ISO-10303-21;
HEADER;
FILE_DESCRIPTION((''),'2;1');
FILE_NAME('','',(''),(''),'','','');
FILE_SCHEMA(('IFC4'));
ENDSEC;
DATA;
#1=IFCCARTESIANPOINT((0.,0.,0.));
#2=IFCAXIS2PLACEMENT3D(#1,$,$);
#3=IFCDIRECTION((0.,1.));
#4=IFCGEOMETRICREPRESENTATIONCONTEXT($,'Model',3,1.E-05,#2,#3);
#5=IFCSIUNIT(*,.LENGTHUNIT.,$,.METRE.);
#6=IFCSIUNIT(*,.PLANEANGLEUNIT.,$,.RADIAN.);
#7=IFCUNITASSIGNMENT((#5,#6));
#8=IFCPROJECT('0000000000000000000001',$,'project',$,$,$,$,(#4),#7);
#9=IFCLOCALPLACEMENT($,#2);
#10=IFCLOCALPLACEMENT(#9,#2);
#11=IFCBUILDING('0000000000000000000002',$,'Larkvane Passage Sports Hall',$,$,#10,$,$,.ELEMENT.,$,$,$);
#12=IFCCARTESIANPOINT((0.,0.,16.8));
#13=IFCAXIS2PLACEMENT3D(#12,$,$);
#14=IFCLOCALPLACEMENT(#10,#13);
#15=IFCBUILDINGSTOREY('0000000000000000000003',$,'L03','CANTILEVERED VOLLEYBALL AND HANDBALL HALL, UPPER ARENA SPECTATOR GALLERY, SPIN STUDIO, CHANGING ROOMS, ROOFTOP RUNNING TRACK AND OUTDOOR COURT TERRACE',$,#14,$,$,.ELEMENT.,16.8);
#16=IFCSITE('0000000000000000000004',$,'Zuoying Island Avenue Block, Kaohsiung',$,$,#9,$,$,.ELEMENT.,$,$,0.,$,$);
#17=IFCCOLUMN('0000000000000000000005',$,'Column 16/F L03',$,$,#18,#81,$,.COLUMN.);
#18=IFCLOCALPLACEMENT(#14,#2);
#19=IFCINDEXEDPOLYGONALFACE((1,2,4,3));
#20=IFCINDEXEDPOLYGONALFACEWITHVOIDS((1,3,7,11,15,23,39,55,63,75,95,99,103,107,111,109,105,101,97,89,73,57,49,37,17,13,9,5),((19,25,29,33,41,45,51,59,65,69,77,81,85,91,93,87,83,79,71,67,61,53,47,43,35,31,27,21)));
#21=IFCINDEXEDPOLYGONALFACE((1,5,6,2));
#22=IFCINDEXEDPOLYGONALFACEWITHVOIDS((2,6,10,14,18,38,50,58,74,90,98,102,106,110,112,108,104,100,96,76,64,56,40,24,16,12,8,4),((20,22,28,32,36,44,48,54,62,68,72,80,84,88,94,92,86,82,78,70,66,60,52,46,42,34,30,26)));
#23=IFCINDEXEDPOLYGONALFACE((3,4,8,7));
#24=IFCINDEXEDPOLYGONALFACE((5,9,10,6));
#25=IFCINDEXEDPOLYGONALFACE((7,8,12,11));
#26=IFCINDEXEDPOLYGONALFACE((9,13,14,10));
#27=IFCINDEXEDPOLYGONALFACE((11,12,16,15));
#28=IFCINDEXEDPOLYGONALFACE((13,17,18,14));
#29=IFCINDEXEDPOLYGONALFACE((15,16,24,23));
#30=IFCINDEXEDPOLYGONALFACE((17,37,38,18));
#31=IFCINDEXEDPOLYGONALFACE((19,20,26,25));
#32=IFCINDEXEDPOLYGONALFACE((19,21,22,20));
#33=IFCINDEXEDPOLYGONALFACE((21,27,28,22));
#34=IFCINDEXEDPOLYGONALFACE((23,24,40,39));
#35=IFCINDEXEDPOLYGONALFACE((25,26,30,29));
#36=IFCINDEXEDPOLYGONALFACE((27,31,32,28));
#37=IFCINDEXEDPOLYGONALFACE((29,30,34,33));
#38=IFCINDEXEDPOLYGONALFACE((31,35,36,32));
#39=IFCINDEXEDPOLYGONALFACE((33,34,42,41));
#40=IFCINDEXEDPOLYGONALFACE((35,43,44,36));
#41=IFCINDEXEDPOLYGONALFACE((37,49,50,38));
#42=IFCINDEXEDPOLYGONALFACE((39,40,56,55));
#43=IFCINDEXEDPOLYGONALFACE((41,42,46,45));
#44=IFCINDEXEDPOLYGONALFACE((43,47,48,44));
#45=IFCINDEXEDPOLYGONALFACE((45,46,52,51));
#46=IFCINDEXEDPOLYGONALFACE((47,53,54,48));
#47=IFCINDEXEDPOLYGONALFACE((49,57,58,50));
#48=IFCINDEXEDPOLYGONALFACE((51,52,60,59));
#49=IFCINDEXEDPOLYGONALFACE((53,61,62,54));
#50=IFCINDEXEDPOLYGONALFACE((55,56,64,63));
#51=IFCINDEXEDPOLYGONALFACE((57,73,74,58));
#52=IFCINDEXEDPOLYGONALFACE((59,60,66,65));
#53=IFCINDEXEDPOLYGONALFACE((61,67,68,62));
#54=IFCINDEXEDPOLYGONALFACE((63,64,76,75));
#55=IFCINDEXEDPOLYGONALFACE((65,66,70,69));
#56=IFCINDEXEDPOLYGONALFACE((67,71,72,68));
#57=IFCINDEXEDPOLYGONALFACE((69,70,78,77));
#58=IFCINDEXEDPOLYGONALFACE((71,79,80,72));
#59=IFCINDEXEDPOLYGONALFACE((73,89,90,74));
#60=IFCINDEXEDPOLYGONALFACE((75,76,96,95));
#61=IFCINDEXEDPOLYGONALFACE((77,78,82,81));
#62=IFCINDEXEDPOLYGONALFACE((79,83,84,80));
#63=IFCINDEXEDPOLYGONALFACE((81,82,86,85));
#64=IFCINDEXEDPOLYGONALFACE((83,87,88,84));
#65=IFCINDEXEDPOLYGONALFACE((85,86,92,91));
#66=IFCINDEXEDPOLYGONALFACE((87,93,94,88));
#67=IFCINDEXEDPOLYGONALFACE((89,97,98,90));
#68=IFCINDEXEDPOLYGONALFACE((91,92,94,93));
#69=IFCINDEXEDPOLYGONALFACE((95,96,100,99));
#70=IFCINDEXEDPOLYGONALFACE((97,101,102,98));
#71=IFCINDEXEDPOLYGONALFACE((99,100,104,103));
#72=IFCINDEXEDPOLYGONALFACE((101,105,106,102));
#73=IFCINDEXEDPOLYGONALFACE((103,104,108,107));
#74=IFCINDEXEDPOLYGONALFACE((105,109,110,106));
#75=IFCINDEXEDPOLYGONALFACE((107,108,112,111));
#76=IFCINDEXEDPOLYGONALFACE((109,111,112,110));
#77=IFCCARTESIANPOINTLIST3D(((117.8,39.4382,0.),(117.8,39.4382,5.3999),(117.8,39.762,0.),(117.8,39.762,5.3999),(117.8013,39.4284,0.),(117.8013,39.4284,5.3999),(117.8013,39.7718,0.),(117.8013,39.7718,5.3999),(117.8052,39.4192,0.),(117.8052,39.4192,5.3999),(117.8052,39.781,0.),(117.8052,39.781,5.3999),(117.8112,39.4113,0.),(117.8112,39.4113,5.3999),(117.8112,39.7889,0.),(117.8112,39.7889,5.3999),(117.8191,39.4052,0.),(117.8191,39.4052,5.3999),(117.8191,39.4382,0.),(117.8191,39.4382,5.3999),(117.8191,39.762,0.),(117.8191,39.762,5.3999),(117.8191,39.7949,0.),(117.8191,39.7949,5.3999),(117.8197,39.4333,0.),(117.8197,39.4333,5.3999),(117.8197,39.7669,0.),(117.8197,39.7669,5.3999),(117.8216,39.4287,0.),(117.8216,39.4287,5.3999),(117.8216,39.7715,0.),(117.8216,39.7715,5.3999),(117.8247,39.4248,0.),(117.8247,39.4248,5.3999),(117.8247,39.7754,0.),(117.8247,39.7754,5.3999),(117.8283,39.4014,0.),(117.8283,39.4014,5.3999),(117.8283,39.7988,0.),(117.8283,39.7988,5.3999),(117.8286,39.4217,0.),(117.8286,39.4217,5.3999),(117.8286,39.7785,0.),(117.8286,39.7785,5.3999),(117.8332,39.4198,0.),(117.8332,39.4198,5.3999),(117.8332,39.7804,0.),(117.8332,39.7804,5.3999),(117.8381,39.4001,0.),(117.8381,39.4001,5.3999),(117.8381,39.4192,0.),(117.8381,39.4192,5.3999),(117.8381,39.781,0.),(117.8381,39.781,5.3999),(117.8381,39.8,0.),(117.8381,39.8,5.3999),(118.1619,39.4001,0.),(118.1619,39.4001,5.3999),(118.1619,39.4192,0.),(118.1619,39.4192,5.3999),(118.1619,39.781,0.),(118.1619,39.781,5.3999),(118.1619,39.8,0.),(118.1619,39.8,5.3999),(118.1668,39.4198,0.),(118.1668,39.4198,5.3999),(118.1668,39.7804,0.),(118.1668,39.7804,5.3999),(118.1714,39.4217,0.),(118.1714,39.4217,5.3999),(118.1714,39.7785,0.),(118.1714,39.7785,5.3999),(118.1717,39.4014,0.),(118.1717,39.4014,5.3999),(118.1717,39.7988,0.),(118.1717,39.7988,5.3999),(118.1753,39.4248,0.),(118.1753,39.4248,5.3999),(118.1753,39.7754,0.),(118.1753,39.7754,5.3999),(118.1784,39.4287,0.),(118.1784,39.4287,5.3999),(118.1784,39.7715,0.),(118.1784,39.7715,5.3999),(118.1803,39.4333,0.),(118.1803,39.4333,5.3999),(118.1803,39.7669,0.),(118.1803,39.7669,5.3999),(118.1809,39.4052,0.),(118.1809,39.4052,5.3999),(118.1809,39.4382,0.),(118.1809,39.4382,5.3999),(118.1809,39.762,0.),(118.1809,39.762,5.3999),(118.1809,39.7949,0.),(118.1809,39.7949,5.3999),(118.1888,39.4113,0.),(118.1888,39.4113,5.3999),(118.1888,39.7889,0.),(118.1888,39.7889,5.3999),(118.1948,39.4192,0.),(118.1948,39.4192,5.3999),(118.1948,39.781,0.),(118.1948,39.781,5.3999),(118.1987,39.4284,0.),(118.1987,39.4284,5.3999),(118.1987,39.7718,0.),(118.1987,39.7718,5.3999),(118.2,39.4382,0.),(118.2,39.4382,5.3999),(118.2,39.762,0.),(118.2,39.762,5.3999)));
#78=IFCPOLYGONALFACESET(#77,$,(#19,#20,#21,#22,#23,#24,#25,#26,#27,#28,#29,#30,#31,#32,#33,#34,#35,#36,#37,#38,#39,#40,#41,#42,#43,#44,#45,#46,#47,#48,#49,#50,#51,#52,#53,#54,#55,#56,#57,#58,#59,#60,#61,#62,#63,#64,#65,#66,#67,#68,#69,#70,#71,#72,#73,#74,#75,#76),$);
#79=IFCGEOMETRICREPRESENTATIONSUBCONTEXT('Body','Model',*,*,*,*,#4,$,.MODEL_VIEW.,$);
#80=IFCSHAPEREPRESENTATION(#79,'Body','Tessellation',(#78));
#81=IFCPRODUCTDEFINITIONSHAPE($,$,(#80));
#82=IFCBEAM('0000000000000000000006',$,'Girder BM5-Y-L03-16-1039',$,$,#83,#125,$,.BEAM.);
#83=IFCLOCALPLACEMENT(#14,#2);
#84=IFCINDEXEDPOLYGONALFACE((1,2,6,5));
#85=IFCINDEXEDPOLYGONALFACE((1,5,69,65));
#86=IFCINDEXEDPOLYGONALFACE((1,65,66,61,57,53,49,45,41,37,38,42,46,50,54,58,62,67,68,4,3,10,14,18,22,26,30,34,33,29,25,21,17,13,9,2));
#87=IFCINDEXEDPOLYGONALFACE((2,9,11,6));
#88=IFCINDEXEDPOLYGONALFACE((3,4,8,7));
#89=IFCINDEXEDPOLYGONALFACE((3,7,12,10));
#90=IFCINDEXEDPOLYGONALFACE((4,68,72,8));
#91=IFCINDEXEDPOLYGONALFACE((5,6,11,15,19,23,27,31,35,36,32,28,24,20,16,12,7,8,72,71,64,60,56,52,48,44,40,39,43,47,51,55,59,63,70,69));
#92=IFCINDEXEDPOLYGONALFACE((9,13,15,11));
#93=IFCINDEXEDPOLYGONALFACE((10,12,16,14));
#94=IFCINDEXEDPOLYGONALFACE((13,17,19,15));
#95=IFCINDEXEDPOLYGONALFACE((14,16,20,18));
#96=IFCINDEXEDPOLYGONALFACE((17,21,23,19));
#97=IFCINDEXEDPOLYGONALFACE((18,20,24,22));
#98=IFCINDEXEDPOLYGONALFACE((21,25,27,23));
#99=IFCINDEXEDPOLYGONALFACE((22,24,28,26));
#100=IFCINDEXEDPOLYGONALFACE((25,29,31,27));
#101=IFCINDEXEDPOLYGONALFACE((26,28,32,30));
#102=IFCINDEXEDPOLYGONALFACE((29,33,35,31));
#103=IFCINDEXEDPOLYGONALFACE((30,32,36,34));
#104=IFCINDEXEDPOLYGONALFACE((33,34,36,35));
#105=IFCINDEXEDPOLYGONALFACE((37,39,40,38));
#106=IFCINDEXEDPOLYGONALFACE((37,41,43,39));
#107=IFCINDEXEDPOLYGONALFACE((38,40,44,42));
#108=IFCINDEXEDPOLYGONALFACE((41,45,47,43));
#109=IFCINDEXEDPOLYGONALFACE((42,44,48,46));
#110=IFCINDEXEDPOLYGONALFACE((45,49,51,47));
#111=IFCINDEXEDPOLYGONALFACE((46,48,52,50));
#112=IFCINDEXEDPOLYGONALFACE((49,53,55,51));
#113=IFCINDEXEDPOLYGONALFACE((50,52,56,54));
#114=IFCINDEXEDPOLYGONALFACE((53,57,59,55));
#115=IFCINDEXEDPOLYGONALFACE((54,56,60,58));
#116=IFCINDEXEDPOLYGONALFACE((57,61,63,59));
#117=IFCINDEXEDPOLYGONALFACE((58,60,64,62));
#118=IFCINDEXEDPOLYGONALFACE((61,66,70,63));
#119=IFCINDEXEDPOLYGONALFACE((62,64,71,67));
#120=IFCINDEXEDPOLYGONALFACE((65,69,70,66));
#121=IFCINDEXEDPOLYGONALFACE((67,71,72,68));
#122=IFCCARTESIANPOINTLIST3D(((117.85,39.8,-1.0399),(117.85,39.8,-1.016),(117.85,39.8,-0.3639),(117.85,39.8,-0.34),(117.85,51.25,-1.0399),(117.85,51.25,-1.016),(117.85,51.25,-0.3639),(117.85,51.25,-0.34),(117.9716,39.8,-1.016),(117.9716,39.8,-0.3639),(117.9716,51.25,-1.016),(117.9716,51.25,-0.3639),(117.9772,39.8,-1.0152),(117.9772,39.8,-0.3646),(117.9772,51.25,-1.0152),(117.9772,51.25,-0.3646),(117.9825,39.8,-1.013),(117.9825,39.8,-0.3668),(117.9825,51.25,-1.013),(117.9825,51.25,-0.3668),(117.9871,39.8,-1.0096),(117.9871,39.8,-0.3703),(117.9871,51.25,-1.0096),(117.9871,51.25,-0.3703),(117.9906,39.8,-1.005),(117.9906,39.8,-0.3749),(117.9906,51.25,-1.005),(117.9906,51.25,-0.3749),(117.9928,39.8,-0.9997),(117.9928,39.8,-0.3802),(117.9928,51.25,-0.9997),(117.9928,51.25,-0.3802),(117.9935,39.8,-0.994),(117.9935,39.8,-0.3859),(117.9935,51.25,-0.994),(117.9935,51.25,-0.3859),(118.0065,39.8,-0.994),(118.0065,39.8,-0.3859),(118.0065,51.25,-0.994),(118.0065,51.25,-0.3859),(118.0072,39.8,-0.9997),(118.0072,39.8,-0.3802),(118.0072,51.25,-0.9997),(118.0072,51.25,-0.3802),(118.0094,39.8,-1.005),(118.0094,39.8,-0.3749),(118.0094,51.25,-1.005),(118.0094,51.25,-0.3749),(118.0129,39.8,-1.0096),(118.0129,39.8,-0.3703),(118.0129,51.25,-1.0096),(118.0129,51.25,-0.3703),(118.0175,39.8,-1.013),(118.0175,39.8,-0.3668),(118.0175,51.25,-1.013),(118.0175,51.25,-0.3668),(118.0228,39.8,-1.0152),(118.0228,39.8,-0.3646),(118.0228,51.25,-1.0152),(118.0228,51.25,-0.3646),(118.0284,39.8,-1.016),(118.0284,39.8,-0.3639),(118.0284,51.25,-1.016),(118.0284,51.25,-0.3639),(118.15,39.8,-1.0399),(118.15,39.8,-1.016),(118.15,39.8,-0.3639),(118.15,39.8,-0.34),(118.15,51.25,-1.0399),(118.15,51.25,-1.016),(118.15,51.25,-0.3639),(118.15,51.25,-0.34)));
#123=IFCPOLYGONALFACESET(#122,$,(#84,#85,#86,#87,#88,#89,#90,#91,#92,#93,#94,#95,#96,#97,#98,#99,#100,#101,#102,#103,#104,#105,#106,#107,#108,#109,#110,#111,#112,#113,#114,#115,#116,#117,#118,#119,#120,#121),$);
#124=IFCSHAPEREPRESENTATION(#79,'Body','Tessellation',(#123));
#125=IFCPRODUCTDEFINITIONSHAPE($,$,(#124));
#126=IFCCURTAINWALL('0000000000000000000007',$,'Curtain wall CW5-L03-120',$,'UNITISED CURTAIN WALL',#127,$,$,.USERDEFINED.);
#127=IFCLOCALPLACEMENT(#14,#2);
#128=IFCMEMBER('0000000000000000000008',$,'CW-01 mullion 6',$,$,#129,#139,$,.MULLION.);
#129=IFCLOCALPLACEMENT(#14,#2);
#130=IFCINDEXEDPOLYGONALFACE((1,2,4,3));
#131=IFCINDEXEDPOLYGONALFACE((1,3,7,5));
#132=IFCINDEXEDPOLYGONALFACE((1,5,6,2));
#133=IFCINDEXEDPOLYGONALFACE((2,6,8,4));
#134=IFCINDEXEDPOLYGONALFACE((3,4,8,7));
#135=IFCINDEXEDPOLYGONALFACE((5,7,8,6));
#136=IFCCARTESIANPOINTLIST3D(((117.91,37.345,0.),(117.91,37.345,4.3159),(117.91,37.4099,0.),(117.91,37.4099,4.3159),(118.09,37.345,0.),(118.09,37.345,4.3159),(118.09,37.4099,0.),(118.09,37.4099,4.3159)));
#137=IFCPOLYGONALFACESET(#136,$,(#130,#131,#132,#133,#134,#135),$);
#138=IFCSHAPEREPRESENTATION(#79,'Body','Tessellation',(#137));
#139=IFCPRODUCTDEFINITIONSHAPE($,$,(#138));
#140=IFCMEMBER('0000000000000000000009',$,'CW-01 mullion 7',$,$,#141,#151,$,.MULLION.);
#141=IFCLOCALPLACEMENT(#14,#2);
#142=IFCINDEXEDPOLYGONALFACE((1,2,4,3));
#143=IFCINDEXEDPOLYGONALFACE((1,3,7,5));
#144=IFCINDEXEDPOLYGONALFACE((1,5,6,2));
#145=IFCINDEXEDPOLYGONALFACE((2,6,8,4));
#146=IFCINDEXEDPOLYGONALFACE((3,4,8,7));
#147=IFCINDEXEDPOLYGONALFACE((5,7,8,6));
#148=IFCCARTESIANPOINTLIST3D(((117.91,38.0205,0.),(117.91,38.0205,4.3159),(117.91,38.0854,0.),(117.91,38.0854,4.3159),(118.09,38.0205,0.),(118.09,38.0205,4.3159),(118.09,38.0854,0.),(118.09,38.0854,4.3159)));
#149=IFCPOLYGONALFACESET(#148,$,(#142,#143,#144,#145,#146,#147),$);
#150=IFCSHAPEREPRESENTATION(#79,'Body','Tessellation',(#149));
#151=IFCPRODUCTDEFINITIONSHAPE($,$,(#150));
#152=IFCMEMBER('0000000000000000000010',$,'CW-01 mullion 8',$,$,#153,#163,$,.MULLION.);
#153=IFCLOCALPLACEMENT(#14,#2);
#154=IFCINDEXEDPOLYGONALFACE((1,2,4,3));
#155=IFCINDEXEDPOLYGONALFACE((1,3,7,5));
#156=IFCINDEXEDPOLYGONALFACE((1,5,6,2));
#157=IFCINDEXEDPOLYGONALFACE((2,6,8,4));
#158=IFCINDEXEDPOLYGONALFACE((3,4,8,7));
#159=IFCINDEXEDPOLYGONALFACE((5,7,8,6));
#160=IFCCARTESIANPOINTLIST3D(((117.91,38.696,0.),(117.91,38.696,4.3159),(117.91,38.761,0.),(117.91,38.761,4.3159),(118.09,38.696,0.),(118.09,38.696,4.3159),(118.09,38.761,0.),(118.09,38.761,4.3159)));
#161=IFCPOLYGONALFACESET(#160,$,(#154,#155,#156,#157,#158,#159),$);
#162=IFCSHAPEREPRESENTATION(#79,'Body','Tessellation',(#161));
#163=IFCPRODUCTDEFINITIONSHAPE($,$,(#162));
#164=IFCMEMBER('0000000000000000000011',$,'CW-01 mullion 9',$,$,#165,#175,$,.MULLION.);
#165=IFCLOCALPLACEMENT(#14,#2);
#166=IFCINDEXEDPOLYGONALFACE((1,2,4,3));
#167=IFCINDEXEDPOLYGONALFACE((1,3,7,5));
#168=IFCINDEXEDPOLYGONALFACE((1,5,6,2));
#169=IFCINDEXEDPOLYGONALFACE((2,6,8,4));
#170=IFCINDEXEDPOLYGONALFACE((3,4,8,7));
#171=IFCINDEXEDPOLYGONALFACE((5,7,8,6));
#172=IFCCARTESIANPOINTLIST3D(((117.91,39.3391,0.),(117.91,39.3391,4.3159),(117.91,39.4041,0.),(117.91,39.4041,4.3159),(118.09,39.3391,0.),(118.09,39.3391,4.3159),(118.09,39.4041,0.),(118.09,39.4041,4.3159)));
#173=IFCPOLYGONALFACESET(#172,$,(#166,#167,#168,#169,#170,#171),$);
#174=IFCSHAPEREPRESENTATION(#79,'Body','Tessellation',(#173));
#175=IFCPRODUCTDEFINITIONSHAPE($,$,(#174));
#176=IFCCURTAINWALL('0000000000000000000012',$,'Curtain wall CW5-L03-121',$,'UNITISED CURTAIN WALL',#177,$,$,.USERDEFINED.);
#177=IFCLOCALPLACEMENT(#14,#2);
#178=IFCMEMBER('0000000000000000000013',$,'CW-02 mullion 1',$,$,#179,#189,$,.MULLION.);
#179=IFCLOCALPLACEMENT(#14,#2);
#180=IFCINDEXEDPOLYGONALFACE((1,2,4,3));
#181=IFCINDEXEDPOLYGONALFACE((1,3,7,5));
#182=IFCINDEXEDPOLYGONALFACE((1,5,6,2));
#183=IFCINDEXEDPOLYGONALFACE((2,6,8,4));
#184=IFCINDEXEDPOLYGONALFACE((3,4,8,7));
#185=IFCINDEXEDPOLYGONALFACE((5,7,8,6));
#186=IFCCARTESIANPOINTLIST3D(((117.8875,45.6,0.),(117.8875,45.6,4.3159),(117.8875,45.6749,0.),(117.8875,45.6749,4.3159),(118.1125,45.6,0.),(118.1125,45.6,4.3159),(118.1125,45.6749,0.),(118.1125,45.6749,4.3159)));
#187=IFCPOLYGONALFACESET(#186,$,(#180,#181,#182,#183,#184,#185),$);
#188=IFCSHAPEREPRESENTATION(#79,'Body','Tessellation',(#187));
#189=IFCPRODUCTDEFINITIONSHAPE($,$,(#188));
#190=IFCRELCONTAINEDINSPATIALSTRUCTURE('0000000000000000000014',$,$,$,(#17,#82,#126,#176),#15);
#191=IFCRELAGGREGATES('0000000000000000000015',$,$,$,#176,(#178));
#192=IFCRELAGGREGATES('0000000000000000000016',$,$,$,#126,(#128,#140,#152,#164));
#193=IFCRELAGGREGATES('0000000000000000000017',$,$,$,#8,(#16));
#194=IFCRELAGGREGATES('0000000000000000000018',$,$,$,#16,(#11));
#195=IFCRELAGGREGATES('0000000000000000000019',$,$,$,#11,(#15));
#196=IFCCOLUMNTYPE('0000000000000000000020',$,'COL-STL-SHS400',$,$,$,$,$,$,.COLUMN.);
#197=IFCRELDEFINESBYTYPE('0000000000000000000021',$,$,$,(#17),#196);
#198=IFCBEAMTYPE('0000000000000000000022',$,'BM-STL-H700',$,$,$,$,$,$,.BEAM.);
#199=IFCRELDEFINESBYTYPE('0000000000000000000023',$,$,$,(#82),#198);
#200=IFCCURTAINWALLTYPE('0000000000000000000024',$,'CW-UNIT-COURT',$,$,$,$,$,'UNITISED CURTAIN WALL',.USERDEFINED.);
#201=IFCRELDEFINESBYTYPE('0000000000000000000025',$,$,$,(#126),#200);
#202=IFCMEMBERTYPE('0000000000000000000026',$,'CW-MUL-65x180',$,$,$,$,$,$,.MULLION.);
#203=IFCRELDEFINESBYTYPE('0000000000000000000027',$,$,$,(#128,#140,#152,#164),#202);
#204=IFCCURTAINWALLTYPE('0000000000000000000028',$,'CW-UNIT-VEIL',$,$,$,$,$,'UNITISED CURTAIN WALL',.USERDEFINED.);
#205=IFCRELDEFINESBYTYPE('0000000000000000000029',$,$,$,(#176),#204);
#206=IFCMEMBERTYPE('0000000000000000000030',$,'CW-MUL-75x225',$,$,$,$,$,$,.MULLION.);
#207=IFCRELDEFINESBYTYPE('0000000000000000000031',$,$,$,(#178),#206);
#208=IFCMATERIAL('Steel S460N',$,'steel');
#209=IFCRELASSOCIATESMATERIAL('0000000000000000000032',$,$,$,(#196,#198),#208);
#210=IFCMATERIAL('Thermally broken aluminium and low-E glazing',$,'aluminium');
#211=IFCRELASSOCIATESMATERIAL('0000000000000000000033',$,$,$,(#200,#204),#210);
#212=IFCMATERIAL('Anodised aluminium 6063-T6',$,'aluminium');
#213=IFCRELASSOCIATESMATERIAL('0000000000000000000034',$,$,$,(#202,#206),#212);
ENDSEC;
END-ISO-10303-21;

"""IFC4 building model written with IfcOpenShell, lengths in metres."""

from ifc_helpers import new_model, si_unit, direction, frame, origin, origin_2d, place, context, subcontext, project, spatial, rectangle, hollow_rectangle, i_section, extrude, material, material_profile, profile_set, type_object, element, aggregate, save


model = new_model("IFC4")

# Units and contexts
model_context = context("Model", 3, precision=1e-05, world=origin(), true_north=direction((0.0, 1.0)))
body_context = subcontext(model_context, "Body", "Model", "MODEL_VIEW")
ifc_project = project(units=[si_unit("LENGTHUNIT", "METRE"), si_unit("PLANEANGLEUNIT", "RADIAN")], contexts=[model_context])

# Site, building, storey
site_placement = place(None, origin())
site = spatial("IfcSite", under=ifc_project, at=site_placement, Name="Zuoying Island Avenue Block, Kaohsiung", CompositionType="ELEMENT", RefElevation=0.0)
building_placement = place(site_placement, origin())
building = spatial("IfcBuilding", under=site, at=building_placement, Name="Larkvane Passage Sports Hall", CompositionType="ELEMENT")
storey_placement = place(building_placement, frame((0.0, 0.0, 16.8)))
storey = spatial("IfcBuildingStorey", under=building, at=storey_placement, Name="L03", Description="CANTILEVERED VOLLEYBALL AND HANDBALL HALL, UPPER ARENA SPECTATOR GALLERY, SPIN STUDIO, CHANGING ROOMS, ROOFTOP RUNNING TRACK AND OUTDOOR COURT TERRACE", CompositionType="ELEMENT", Elevation=16.8)

# Column
ifc_material_1 = material(Name="Steel S460N", Category="steel")
ifc_material_profile_1 = material_profile(ifc_material_1, hollow_rectangle(XDim=0.3999, YDim=0.3999, WallThickness=0.019, InnerFilletRadius=0.019, OuterFilletRadius=0.0381, at=origin_2d()), Name="SHS-400x400x19")
ifc_profile_set_1 = profile_set([ifc_material_profile_1], Name="Steel S460N")
column_type = type_object("IfcColumnType", Name="COL-STL-SHS400", PredefinedType="COLUMN", material=ifc_profile_set_1)
column_placement = place(storey_placement, frame((118.0, 39.6001, 0.0), z_axis=(0.0, 0.0, 1.0), x_axis=(1.0, 0.0, 0.0)))
element("IfcColumn", 1, at=column_placement, inside=storey, type_object=column_type, Name="Column 16/F L03", PredefinedType="COLUMN", context=body_context, shape_type="SweptSolid", body=[
    extrude(hollow_rectangle(XDim=0.3999, YDim=0.3999, WallThickness=0.019, InnerFilletRadius=0.019, OuterFilletRadius=0.0381, at=origin_2d()), origin(), (0.0, 0.0, 1.0), 5.3999),
])

# Beam
ifc_material_profile_2 = material_profile(ifc_material_1, i_section(OverallWidth=0.3, OverallDepth=0.7, WebThickness=0.0129, FlangeThickness=0.0239, FilletRadius=0.022, at=origin_2d()), Name="H-700x300x13x24")
ifc_profile_set_2 = profile_set([ifc_material_profile_2], Name="Steel S460N")
beam_type = type_object("IfcBeamType", Name="BM-STL-H700", PredefinedType="BEAM", material=ifc_profile_set_2)
beam_placement = place(storey_placement, frame((118.0, 39.8, -0.6899), z_axis=(0.0, 1.0, 0.0), x_axis=(-1.0, 0.0, 0.0)))
element("IfcBeam", 2, at=beam_placement, inside=storey, type_object=beam_type, Name="Girder BM5-Y-L03-16-1039", PredefinedType="BEAM", context=body_context, shape_type="SweptSolid", body=[
    extrude(i_section(OverallWidth=0.3, OverallDepth=0.7, WebThickness=0.0129, FlangeThickness=0.0239, FilletRadius=0.022, at=origin_2d()), origin(), (0.0, 0.0, 1.0), 11.45),
])

# Curtain wall, members
ifc_material_2 = material(Name="Thermally broken aluminium and low-E glazing", Category="aluminium")
curtain_wall_type_1 = type_object("IfcCurtainWallType", Name="CW-UNIT-COURT", ElementType="UNITISED CURTAIN WALL", PredefinedType="USERDEFINED", material=ifc_material_2)
curtain_wall_1_placement = place(storey_placement, origin())
curtain_wall_1 = element("IfcCurtainWall", 3, at=curtain_wall_1_placement, inside=storey, type_object=curtain_wall_type_1, Name="Curtain wall CW5-L03-120", ObjectType="UNITISED CURTAIN WALL", PredefinedType="USERDEFINED")
ifc_material_3 = material(Name="Anodised aluminium 6063-T6", Category="aluminium")
ifc_material_profile_3 = material_profile(ifc_material_3, rectangle(XDim=0.0649, YDim=0.1799, at=origin_2d()), Name="ALU-MUL-65x180")
ifc_profile_set_3 = profile_set([ifc_material_profile_3], Name="Anodised aluminium 6063-T6")
member_type_1 = type_object("IfcMemberType", Name="CW-MUL-65x180", PredefinedType="MULLION", material=ifc_profile_set_3)
member_1_placement = place(storey_placement, frame((118.0, 37.3774, 0.0), z_axis=(0.0, 0.0, 1.0), x_axis=(0.0, 1.0, 0.0)))
member_1 = element("IfcMember", 4, at=member_1_placement, type_object=member_type_1, Name="CW-01 mullion 6", PredefinedType="MULLION", context=body_context, shape_type="SweptSolid", body=[
    extrude(rectangle(XDim=0.0649, YDim=0.1799, at=origin_2d()), origin(), (0.0, 0.0, 1.0), 4.3159),
])
member_2_placement = place(storey_placement, frame((118.0, 38.053, 0.0), z_axis=(0.0, 0.0, 1.0), x_axis=(0.0, 1.0, 0.0)))
member_2 = element("IfcMember", 5, at=member_2_placement, type_object=member_type_1, Name="CW-01 mullion 7", PredefinedType="MULLION", context=body_context, shape_type="SweptSolid", body=[
    extrude(rectangle(XDim=0.0649, YDim=0.1799, at=origin_2d()), origin(), (0.0, 0.0, 1.0), 4.3159),
])
member_3_placement = place(storey_placement, frame((118.0, 38.7285, 0.0), z_axis=(0.0, 0.0, 1.0), x_axis=(0.0, 1.0, 0.0)))
member_3 = element("IfcMember", 6, at=member_3_placement, type_object=member_type_1, Name="CW-01 mullion 8", PredefinedType="MULLION", context=body_context, shape_type="SweptSolid", body=[
    extrude(rectangle(XDim=0.0649, YDim=0.1799, at=origin_2d()), origin(), (0.0, 0.0, 1.0), 4.3159),
])
member_4_placement = place(storey_placement, frame((118.0, 39.3716, 0.0), z_axis=(0.0, 0.0, 1.0), x_axis=(0.0, 1.0, 0.0)))
member_4 = element("IfcMember", 7, at=member_4_placement, type_object=member_type_1, Name="CW-01 mullion 9", PredefinedType="MULLION", context=body_context, shape_type="SweptSolid", body=[
    extrude(rectangle(XDim=0.0649, YDim=0.1799, at=origin_2d()), origin(), (0.0, 0.0, 1.0), 4.3159),
])

# Curtain wall, member
curtain_wall_type_2 = type_object("IfcCurtainWallType", Name="CW-UNIT-VEIL", ElementType="UNITISED CURTAIN WALL", PredefinedType="USERDEFINED", material=ifc_material_2)
curtain_wall_2_placement = place(storey_placement, origin())
curtain_wall_2 = element("IfcCurtainWall", 8, at=curtain_wall_2_placement, inside=storey, type_object=curtain_wall_type_2, Name="Curtain wall CW5-L03-121", ObjectType="UNITISED CURTAIN WALL", PredefinedType="USERDEFINED")
ifc_material_profile_4 = material_profile(ifc_material_3, rectangle(XDim=0.075, YDim=0.2251, at=origin_2d()), Name="ALU-MUL-75x225")
ifc_profile_set_4 = profile_set([ifc_material_profile_4], Name="Anodised aluminium 6063-T6")
member_type_2 = type_object("IfcMemberType", Name="CW-MUL-75x225", PredefinedType="MULLION", material=ifc_profile_set_4)
member_5_placement = place(storey_placement, frame((118.0, 45.6375, 0.0), z_axis=(0.0, 0.0, 1.0), x_axis=(0.0, 1.0, 0.0)))
member_5 = element("IfcMember", 9, at=member_5_placement, type_object=member_type_2, Name="CW-02 mullion 1", PredefinedType="MULLION", context=body_context, shape_type="SweptSolid", body=[
    extrude(rectangle(XDim=0.075, YDim=0.2251, at=origin_2d()), origin(), (0.0, 0.0, 1.0), 4.3159),
])
aggregate(curtain_wall_2, [member_5])

aggregate(curtain_wall_1, [member_1, member_2, member_3, member_4])

save(model, "model.ifc")
